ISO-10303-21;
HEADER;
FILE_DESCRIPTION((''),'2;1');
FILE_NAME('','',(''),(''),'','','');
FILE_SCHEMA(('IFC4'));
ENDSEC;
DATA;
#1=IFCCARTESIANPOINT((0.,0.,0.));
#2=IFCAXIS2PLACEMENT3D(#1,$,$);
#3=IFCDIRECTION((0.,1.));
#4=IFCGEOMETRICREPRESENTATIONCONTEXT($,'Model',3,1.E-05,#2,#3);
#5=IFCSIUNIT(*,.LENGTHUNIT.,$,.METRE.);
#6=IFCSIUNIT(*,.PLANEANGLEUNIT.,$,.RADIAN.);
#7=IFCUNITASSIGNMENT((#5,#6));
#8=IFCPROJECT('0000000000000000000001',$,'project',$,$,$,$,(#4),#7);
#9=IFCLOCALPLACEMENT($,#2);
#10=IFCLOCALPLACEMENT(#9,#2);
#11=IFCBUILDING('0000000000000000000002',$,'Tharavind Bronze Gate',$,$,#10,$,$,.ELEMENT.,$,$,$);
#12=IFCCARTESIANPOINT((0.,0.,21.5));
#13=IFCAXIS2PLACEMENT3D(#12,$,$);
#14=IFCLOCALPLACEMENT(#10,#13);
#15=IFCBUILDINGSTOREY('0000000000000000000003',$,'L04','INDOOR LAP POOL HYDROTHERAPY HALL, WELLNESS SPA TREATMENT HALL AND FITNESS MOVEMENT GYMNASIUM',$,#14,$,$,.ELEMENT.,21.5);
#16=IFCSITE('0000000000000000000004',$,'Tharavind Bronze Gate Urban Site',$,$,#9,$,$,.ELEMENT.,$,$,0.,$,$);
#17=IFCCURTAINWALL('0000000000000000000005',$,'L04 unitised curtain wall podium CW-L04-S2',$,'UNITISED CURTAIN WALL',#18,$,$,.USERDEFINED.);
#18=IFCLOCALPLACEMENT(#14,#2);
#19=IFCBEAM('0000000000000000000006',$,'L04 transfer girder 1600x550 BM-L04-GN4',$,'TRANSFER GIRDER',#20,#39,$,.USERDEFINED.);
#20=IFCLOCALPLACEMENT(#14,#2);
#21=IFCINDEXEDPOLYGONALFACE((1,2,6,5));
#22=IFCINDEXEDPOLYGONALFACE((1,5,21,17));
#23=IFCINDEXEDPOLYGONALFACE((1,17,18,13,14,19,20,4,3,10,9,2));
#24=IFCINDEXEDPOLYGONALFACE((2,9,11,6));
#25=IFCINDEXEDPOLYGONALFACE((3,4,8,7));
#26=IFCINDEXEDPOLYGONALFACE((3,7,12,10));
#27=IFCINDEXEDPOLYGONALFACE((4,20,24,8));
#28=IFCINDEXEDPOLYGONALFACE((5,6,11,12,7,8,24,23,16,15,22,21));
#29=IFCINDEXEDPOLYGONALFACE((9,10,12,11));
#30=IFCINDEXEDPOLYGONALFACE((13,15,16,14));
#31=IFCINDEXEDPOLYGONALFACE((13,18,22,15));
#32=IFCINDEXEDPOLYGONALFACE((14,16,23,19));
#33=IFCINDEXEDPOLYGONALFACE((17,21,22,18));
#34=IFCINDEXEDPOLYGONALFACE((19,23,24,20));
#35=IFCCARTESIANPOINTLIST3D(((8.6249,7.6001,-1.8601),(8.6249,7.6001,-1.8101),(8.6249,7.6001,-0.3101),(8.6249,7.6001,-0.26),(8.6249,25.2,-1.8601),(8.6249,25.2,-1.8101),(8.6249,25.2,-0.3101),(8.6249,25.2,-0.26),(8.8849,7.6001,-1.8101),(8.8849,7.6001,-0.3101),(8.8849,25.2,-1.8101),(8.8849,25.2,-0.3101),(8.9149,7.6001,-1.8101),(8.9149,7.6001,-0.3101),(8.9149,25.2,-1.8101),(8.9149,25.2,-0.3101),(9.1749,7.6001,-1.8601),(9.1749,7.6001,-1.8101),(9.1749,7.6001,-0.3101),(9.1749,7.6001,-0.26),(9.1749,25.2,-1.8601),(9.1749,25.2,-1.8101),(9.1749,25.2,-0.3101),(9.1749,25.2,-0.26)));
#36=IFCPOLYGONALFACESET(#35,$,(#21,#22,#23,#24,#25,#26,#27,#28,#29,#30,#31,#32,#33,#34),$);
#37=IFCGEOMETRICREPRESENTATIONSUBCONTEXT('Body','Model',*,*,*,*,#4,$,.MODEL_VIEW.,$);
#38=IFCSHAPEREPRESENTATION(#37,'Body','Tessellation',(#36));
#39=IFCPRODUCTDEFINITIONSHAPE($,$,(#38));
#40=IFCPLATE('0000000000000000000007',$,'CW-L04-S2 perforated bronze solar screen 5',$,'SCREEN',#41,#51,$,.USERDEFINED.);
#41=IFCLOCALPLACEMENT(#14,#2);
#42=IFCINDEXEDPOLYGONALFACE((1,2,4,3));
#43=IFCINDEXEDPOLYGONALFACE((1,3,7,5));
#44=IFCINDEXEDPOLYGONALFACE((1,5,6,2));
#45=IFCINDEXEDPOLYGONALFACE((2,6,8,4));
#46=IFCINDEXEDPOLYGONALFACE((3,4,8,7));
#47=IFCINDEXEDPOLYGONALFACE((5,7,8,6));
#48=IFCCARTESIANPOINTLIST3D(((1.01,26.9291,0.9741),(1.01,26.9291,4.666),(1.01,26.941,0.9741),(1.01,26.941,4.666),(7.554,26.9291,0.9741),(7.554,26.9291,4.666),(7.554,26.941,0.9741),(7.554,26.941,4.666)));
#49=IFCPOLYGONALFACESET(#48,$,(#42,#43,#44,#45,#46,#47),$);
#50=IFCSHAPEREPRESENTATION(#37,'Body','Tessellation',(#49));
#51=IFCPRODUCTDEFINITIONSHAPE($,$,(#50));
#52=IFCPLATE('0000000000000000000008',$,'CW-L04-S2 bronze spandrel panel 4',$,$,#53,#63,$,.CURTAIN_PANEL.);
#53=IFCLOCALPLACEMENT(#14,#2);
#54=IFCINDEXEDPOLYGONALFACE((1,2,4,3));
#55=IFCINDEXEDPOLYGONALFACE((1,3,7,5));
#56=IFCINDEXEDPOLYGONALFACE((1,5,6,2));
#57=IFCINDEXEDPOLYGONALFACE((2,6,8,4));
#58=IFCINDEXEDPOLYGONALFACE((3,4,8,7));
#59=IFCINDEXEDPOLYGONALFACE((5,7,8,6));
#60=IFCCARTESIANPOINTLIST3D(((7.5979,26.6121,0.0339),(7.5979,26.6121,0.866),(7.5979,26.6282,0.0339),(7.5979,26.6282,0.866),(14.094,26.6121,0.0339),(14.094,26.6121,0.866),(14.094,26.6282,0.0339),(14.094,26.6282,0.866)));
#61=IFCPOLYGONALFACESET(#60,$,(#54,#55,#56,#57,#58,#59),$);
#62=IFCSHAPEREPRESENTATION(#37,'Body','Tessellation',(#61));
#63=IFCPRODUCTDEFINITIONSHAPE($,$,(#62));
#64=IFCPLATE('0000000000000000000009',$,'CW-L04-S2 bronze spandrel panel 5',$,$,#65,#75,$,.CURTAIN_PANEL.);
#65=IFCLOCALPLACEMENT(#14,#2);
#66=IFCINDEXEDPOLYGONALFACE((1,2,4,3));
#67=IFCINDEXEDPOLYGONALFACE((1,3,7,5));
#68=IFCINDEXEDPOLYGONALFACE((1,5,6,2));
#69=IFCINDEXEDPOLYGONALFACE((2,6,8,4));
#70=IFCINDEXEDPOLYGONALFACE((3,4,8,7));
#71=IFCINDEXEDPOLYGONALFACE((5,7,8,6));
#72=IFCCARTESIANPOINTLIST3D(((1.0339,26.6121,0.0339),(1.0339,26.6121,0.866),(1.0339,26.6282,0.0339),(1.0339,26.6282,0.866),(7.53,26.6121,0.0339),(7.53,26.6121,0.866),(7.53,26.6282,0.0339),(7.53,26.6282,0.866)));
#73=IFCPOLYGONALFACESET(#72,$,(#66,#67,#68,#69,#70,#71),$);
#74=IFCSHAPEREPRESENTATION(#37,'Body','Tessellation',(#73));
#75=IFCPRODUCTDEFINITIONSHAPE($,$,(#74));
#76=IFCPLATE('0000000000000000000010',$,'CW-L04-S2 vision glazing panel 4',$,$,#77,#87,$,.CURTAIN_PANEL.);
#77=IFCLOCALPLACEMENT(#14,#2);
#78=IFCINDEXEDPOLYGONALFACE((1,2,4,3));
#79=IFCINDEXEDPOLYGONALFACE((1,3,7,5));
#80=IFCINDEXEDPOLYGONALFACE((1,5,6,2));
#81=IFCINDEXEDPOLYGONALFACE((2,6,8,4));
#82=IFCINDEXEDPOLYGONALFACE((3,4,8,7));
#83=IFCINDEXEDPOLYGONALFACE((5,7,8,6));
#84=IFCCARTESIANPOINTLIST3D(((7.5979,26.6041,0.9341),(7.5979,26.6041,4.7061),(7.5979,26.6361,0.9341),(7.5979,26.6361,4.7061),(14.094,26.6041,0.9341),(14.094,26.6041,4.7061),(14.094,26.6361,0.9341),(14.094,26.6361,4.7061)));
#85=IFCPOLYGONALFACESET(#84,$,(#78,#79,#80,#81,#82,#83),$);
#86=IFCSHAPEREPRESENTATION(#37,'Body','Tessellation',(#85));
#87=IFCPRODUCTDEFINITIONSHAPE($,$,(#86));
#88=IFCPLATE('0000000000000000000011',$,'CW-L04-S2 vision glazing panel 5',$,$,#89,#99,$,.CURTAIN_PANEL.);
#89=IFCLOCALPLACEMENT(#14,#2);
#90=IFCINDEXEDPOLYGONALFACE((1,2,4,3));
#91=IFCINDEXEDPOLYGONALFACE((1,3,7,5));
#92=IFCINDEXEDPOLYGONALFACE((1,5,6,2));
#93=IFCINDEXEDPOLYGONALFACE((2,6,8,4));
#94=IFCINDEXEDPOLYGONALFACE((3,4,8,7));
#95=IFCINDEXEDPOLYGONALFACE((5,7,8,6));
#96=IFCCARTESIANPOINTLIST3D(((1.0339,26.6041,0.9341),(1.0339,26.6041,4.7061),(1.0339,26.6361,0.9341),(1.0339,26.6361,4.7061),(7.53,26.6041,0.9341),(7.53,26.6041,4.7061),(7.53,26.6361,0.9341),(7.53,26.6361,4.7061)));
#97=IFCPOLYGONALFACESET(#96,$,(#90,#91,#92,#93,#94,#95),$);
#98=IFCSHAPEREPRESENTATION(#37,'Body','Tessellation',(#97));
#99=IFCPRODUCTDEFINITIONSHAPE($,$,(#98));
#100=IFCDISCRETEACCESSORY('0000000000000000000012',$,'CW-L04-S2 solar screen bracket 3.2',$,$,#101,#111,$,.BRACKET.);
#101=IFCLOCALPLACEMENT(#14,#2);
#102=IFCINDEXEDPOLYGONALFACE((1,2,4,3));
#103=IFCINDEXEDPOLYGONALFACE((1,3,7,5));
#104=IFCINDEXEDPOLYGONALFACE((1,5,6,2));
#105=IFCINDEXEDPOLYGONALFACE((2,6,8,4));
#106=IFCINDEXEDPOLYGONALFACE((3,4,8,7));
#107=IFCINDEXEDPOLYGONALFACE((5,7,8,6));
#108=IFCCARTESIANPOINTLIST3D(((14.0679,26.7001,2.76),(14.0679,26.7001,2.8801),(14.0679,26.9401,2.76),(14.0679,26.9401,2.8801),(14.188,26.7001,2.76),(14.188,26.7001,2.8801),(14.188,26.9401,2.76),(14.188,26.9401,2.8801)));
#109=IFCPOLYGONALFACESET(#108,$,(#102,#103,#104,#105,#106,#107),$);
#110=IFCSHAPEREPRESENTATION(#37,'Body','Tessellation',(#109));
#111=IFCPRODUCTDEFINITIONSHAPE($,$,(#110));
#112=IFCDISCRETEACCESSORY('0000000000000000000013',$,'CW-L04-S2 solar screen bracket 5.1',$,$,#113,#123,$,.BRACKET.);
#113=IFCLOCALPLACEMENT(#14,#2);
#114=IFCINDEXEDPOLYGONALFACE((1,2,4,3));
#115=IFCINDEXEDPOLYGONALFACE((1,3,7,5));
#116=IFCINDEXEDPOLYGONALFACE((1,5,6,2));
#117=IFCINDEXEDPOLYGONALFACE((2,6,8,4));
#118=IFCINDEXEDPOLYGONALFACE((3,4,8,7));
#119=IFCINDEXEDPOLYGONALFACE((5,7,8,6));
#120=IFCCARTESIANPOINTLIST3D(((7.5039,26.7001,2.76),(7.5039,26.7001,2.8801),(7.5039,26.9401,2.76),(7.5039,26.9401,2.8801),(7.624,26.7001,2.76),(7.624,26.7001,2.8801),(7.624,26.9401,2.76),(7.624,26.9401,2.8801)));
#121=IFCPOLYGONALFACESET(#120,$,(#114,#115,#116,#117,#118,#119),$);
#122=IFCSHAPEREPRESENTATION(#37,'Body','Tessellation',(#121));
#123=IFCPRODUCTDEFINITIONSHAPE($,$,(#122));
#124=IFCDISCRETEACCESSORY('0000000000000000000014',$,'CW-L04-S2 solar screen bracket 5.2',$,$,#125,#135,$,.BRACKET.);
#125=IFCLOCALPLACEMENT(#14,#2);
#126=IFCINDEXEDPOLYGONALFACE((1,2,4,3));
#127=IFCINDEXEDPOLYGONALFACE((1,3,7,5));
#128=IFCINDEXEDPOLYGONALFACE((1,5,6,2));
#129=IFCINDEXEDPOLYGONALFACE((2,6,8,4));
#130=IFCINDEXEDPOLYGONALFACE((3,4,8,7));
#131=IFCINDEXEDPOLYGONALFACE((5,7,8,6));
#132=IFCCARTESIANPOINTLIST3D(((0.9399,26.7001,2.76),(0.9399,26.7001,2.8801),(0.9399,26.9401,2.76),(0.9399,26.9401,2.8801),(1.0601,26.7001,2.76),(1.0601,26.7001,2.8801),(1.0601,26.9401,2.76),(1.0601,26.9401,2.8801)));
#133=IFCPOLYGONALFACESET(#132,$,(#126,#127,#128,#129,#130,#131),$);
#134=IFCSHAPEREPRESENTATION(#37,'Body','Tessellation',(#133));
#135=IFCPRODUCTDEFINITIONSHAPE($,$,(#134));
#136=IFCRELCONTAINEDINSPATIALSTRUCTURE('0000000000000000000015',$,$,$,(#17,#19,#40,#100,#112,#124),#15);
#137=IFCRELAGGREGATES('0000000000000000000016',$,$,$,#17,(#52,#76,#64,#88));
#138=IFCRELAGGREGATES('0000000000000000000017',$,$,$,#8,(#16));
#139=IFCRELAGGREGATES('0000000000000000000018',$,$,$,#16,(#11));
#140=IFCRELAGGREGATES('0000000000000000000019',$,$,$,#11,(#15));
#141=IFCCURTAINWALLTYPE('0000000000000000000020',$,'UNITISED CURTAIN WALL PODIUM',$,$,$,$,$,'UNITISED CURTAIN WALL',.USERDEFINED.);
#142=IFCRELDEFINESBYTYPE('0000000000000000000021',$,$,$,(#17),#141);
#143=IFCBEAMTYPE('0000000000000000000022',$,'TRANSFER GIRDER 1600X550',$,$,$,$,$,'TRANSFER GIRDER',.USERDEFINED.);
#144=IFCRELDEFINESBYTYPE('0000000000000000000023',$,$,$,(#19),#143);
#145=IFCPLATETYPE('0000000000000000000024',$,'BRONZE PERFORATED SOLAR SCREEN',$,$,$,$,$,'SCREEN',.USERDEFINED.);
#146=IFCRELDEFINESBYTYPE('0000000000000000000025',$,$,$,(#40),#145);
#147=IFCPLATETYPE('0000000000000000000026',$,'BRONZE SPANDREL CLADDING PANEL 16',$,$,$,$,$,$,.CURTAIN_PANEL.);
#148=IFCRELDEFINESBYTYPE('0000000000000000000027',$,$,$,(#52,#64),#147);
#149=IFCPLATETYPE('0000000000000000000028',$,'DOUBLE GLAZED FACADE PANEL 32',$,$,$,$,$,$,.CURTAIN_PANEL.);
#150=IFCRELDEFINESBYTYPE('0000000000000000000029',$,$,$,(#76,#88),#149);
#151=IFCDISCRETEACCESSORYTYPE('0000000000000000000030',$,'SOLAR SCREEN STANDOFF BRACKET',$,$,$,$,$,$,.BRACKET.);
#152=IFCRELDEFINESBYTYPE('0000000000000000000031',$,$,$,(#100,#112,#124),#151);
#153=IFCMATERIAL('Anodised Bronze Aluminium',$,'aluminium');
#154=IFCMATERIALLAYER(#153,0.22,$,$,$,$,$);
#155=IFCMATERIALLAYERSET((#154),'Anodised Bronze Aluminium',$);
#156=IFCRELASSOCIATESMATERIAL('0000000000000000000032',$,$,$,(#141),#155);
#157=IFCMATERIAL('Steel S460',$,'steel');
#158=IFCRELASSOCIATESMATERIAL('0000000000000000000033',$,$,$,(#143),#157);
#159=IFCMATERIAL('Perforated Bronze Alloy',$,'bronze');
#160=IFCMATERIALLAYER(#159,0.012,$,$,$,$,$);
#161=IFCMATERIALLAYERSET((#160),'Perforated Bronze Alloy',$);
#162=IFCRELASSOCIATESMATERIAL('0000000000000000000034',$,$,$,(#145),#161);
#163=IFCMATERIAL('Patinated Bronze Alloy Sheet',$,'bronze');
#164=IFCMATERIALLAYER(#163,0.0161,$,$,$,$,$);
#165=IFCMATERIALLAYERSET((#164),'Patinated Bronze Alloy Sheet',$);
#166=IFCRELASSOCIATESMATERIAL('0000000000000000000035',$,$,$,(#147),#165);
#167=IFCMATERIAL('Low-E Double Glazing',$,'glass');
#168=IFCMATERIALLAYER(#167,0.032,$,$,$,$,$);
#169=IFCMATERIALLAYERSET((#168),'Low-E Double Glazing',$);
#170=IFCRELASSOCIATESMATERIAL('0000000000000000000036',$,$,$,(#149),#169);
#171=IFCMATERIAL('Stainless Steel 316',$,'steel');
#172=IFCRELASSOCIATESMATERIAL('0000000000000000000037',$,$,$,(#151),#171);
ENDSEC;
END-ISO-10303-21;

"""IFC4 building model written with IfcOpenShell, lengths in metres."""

from ifc_helpers import new_model, si_unit, direction, frame, origin, origin_2d, place, context, subcontext, project, spatial, rectangle, i_section, extrude, material, layer, layer_set, material_profile, profile_set, type_object, element, aggregate, save


model = new_model("IFC4")

# Units and contexts
model_context = context("Model", 3, precision=1e-05, world=origin(), true_north=direction((0.0, 1.0)))
body_context = subcontext(model_context, "Body", "Model", "MODEL_VIEW")
ifc_project = project(units=[si_unit("LENGTHUNIT", "METRE"), si_unit("PLANEANGLEUNIT", "RADIAN")], contexts=[model_context])

# Site, building, storey
site_placement = place(None, origin())
site = spatial("IfcSite", under=ifc_project, at=site_placement, Name="Tharavind Bronze Gate Urban Site", CompositionType="ELEMENT", RefElevation=0.0)
building_placement = place(site_placement, origin())
building = spatial("IfcBuilding", under=site, at=building_placement, Name="Tharavind Bronze Gate", CompositionType="ELEMENT")
storey_placement = place(building_placement, frame((0.0, 0.0, 21.5)))
storey = spatial("IfcBuildingStorey", under=building, at=storey_placement, Name="L04", Description="INDOOR LAP POOL HYDROTHERAPY HALL, WELLNESS SPA TREATMENT HALL AND FITNESS MOVEMENT GYMNASIUM", CompositionType="ELEMENT", Elevation=21.5)

# Shared definitions
ifc_material_1 = material(Name="Steel S460", Category="steel")

# Curtain wall
ifc_material_2 = material(Name="Anodised Bronze Aluminium", Category="aluminium")
ifc_layer_1 = layer(ifc_material_2, 0.22)
ifc_layer_set_1 = layer_set([ifc_layer_1], Name="Anodised Bronze Aluminium")
curtain_wall_type = type_object("IfcCurtainWallType", Name="UNITISED CURTAIN WALL PODIUM", ElementType="UNITISED CURTAIN WALL", PredefinedType="USERDEFINED", material=ifc_layer_set_1)
curtain_wall_placement = place(storey_placement, origin())
curtain_wall = element("IfcCurtainWall", 1, at=curtain_wall_placement, inside=storey, type_object=curtain_wall_type, Name="L04 unitised curtain wall podium CW-L04-S2", ObjectType="UNITISED CURTAIN WALL", PredefinedType="USERDEFINED")

# Beam
ifc_material_profile_1 = material_profile(ifc_material_1, i_section(OverallWidth=0.55, OverallDepth=1.6001, WebThickness=0.03, FlangeThickness=0.05, at=origin_2d()), Name="PG1600X550")
ifc_profile_set_1 = profile_set([ifc_material_profile_1], Name="Steel S460")
beam_type_1 = type_object("IfcBeamType", Name="TRANSFER GIRDER 1600X550", ElementType="TRANSFER GIRDER", PredefinedType="USERDEFINED", material=ifc_profile_set_1)
for number, where, z_axis, x_axis, name in (
    (2, (8.8999, 25.2, -1.0601), (0.0, -1.0, 0.0), (1.0, 0.0, 0.0), "L04 transfer girder 1600x550 BM-L04-GN4"),
):
    element("IfcBeam", number, at=place(storey_placement, frame(where, z_axis=z_axis, x_axis=x_axis)), inside=storey, type_object=beam_type_1, Name=name, ObjectType="TRANSFER GIRDER", PredefinedType="USERDEFINED", context=body_context, shape_type="SweptSolid", body=[
        extrude(i_section(OverallWidth=0.55, OverallDepth=1.6001, WebThickness=0.03, FlangeThickness=0.05, at=origin_2d()), origin(), (0.0, 0.0, 1.0), 17.5999),
    ])

# Plates
ifc_material_3 = material(Name="Perforated Bronze Alloy", Category="bronze")
ifc_layer_2 = layer(ifc_material_3, 0.012)
ifc_layer_set_2 = layer_set([ifc_layer_2], Name="Perforated Bronze Alloy")
plate_type_1 = type_object("IfcPlateType", Name="BRONZE PERFORATED SOLAR SCREEN", ElementType="SCREEN", PredefinedType="USERDEFINED", material=ifc_layer_set_2)
plate_1_placement = place(storey_placement, frame((4.282, 26.9351, 0.9741), z_axis=(0.0, 0.0, 1.0), x_axis=(-1.0, 0.0, 0.0)))
element("IfcPlate", 3, at=plate_1_placement, inside=storey, type_object=plate_type_1, Name="CW-L04-S2 perforated bronze solar screen 5", ObjectType="SCREEN", PredefinedType="USERDEFINED", context=body_context, shape_type="SweptSolid", body=[
    extrude(rectangle(XDim=6.5439, YDim=0.012, at=origin_2d()), origin(), (0.0, 0.0, 1.0), 3.6919),
])
ifc_material_4 = material(Name="Patinated Bronze Alloy Sheet", Category="bronze")
ifc_layer_3 = layer(ifc_material_4, 0.0161)
ifc_layer_set_3 = layer_set([ifc_layer_3], Name="Patinated Bronze Alloy Sheet")
plate_type_2 = type_object("IfcPlateType", Name="BRONZE SPANDREL CLADDING PANEL 16", PredefinedType="CURTAIN_PANEL", material=ifc_layer_set_3)
plate_2_placement = place(storey_placement, frame((10.8459, 26.6201, 0.0339), z_axis=(0.0, 0.0, 1.0), x_axis=(-1.0, 0.0, 0.0)))
plate_2 = element("IfcPlate", 4, at=plate_2_placement, type_object=plate_type_2, Name="CW-L04-S2 bronze spandrel panel 4", PredefinedType="CURTAIN_PANEL", context=body_context, shape_type="SweptSolid", body=[
    extrude(rectangle(XDim=6.4961, YDim=0.0161, at=origin_2d()), origin(), (0.0, 0.0, 1.0), 0.832),
])
plate_3_placement = place(storey_placement, frame((4.282, 26.6201, 0.0339), z_axis=(0.0, 0.0, 1.0), x_axis=(-1.0, 0.0, 0.0)))
plate_3 = element("IfcPlate", 5, at=plate_3_placement, type_object=plate_type_2, Name="CW-L04-S2 bronze spandrel panel 5", PredefinedType="CURTAIN_PANEL", context=body_context, shape_type="SweptSolid", body=[
    extrude(rectangle(XDim=6.4961, YDim=0.0161, at=origin_2d()), origin(), (0.0, 0.0, 1.0), 0.832),
])
ifc_material_5 = material(Name="Low-E Double Glazing", Category="glass")
ifc_layer_4 = layer(ifc_material_5, 0.032)
ifc_layer_set_4 = layer_set([ifc_layer_4], Name="Low-E Double Glazing")
plate_type_3 = type_object("IfcPlateType", Name="DOUBLE GLAZED FACADE PANEL 32", PredefinedType="CURTAIN_PANEL", material=ifc_layer_set_4)
plate_4_placement = place(storey_placement, frame((10.8459, 26.6201, 0.9341), z_axis=(0.0, 0.0, 1.0), x_axis=(-1.0, 0.0, 0.0)))
plate_4 = element("IfcPlate", 6, at=plate_4_placement, type_object=plate_type_3, Name="CW-L04-S2 vision glazing panel 4", PredefinedType="CURTAIN_PANEL", context=body_context, shape_type="SweptSolid", body=[
    extrude(rectangle(XDim=6.4961, YDim=0.032, at=origin_2d()), origin(), (0.0, 0.0, 1.0), 3.772),
])
plate_5_placement = place(storey_placement, frame((4.282, 26.6201, 0.9341), z_axis=(0.0, 0.0, 1.0), x_axis=(-1.0, 0.0, 0.0)))
plate_5 = element("IfcPlate", 7, at=plate_5_placement, type_object=plate_type_3, Name="CW-L04-S2 vision glazing panel 5", PredefinedType="CURTAIN_PANEL", context=body_context, shape_type="SweptSolid", body=[
    extrude(rectangle(XDim=6.4961, YDim=0.032, at=origin_2d()), origin(), (0.0, 0.0, 1.0), 3.772),
])
aggregate(curtain_wall, [plate_2, plate_4, plate_3, plate_5])

# Discrete accessories
ifc_material_6 = material(Name="Stainless Steel 316", Category="steel")
discrete_accessory_type = type_object("IfcDiscreteAccessoryType", Name="SOLAR SCREEN STANDOFF BRACKET", PredefinedType="BRACKET", material=ifc_material_6)
for number, where, z_axis, x_axis, name in (
    (8, (14.1279, 26.8201, 2.76), (0.0, 0.0, 1.0), (-1.0, 0.0, 0.0), "CW-L04-S2 solar screen bracket 3.2"),
    (9, (7.564, 26.8201, 2.76), (0.0, 0.0, 1.0), (-1.0, 0.0, 0.0), "CW-L04-S2 solar screen bracket 5.1"),
    (10, (1.0, 26.8201, 2.76), (0.0, 0.0, 1.0), (-1.0, 0.0, 0.0), "CW-L04-S2 solar screen bracket 5.2"),
):
    element("IfcDiscreteAccessory", number, at=place(storey_placement, frame(where, z_axis=z_axis, x_axis=x_axis)), inside=storey, type_object=discrete_accessory_type, Name=name, PredefinedType="BRACKET", context=body_context, shape_type="SweptSolid", body=[
        extrude(rectangle(XDim=0.1201, YDim=0.24, at=origin_2d()), origin(), (0.0, 0.0, 1.0), 0.1201),
    ])

save(model, "model.ifc")
